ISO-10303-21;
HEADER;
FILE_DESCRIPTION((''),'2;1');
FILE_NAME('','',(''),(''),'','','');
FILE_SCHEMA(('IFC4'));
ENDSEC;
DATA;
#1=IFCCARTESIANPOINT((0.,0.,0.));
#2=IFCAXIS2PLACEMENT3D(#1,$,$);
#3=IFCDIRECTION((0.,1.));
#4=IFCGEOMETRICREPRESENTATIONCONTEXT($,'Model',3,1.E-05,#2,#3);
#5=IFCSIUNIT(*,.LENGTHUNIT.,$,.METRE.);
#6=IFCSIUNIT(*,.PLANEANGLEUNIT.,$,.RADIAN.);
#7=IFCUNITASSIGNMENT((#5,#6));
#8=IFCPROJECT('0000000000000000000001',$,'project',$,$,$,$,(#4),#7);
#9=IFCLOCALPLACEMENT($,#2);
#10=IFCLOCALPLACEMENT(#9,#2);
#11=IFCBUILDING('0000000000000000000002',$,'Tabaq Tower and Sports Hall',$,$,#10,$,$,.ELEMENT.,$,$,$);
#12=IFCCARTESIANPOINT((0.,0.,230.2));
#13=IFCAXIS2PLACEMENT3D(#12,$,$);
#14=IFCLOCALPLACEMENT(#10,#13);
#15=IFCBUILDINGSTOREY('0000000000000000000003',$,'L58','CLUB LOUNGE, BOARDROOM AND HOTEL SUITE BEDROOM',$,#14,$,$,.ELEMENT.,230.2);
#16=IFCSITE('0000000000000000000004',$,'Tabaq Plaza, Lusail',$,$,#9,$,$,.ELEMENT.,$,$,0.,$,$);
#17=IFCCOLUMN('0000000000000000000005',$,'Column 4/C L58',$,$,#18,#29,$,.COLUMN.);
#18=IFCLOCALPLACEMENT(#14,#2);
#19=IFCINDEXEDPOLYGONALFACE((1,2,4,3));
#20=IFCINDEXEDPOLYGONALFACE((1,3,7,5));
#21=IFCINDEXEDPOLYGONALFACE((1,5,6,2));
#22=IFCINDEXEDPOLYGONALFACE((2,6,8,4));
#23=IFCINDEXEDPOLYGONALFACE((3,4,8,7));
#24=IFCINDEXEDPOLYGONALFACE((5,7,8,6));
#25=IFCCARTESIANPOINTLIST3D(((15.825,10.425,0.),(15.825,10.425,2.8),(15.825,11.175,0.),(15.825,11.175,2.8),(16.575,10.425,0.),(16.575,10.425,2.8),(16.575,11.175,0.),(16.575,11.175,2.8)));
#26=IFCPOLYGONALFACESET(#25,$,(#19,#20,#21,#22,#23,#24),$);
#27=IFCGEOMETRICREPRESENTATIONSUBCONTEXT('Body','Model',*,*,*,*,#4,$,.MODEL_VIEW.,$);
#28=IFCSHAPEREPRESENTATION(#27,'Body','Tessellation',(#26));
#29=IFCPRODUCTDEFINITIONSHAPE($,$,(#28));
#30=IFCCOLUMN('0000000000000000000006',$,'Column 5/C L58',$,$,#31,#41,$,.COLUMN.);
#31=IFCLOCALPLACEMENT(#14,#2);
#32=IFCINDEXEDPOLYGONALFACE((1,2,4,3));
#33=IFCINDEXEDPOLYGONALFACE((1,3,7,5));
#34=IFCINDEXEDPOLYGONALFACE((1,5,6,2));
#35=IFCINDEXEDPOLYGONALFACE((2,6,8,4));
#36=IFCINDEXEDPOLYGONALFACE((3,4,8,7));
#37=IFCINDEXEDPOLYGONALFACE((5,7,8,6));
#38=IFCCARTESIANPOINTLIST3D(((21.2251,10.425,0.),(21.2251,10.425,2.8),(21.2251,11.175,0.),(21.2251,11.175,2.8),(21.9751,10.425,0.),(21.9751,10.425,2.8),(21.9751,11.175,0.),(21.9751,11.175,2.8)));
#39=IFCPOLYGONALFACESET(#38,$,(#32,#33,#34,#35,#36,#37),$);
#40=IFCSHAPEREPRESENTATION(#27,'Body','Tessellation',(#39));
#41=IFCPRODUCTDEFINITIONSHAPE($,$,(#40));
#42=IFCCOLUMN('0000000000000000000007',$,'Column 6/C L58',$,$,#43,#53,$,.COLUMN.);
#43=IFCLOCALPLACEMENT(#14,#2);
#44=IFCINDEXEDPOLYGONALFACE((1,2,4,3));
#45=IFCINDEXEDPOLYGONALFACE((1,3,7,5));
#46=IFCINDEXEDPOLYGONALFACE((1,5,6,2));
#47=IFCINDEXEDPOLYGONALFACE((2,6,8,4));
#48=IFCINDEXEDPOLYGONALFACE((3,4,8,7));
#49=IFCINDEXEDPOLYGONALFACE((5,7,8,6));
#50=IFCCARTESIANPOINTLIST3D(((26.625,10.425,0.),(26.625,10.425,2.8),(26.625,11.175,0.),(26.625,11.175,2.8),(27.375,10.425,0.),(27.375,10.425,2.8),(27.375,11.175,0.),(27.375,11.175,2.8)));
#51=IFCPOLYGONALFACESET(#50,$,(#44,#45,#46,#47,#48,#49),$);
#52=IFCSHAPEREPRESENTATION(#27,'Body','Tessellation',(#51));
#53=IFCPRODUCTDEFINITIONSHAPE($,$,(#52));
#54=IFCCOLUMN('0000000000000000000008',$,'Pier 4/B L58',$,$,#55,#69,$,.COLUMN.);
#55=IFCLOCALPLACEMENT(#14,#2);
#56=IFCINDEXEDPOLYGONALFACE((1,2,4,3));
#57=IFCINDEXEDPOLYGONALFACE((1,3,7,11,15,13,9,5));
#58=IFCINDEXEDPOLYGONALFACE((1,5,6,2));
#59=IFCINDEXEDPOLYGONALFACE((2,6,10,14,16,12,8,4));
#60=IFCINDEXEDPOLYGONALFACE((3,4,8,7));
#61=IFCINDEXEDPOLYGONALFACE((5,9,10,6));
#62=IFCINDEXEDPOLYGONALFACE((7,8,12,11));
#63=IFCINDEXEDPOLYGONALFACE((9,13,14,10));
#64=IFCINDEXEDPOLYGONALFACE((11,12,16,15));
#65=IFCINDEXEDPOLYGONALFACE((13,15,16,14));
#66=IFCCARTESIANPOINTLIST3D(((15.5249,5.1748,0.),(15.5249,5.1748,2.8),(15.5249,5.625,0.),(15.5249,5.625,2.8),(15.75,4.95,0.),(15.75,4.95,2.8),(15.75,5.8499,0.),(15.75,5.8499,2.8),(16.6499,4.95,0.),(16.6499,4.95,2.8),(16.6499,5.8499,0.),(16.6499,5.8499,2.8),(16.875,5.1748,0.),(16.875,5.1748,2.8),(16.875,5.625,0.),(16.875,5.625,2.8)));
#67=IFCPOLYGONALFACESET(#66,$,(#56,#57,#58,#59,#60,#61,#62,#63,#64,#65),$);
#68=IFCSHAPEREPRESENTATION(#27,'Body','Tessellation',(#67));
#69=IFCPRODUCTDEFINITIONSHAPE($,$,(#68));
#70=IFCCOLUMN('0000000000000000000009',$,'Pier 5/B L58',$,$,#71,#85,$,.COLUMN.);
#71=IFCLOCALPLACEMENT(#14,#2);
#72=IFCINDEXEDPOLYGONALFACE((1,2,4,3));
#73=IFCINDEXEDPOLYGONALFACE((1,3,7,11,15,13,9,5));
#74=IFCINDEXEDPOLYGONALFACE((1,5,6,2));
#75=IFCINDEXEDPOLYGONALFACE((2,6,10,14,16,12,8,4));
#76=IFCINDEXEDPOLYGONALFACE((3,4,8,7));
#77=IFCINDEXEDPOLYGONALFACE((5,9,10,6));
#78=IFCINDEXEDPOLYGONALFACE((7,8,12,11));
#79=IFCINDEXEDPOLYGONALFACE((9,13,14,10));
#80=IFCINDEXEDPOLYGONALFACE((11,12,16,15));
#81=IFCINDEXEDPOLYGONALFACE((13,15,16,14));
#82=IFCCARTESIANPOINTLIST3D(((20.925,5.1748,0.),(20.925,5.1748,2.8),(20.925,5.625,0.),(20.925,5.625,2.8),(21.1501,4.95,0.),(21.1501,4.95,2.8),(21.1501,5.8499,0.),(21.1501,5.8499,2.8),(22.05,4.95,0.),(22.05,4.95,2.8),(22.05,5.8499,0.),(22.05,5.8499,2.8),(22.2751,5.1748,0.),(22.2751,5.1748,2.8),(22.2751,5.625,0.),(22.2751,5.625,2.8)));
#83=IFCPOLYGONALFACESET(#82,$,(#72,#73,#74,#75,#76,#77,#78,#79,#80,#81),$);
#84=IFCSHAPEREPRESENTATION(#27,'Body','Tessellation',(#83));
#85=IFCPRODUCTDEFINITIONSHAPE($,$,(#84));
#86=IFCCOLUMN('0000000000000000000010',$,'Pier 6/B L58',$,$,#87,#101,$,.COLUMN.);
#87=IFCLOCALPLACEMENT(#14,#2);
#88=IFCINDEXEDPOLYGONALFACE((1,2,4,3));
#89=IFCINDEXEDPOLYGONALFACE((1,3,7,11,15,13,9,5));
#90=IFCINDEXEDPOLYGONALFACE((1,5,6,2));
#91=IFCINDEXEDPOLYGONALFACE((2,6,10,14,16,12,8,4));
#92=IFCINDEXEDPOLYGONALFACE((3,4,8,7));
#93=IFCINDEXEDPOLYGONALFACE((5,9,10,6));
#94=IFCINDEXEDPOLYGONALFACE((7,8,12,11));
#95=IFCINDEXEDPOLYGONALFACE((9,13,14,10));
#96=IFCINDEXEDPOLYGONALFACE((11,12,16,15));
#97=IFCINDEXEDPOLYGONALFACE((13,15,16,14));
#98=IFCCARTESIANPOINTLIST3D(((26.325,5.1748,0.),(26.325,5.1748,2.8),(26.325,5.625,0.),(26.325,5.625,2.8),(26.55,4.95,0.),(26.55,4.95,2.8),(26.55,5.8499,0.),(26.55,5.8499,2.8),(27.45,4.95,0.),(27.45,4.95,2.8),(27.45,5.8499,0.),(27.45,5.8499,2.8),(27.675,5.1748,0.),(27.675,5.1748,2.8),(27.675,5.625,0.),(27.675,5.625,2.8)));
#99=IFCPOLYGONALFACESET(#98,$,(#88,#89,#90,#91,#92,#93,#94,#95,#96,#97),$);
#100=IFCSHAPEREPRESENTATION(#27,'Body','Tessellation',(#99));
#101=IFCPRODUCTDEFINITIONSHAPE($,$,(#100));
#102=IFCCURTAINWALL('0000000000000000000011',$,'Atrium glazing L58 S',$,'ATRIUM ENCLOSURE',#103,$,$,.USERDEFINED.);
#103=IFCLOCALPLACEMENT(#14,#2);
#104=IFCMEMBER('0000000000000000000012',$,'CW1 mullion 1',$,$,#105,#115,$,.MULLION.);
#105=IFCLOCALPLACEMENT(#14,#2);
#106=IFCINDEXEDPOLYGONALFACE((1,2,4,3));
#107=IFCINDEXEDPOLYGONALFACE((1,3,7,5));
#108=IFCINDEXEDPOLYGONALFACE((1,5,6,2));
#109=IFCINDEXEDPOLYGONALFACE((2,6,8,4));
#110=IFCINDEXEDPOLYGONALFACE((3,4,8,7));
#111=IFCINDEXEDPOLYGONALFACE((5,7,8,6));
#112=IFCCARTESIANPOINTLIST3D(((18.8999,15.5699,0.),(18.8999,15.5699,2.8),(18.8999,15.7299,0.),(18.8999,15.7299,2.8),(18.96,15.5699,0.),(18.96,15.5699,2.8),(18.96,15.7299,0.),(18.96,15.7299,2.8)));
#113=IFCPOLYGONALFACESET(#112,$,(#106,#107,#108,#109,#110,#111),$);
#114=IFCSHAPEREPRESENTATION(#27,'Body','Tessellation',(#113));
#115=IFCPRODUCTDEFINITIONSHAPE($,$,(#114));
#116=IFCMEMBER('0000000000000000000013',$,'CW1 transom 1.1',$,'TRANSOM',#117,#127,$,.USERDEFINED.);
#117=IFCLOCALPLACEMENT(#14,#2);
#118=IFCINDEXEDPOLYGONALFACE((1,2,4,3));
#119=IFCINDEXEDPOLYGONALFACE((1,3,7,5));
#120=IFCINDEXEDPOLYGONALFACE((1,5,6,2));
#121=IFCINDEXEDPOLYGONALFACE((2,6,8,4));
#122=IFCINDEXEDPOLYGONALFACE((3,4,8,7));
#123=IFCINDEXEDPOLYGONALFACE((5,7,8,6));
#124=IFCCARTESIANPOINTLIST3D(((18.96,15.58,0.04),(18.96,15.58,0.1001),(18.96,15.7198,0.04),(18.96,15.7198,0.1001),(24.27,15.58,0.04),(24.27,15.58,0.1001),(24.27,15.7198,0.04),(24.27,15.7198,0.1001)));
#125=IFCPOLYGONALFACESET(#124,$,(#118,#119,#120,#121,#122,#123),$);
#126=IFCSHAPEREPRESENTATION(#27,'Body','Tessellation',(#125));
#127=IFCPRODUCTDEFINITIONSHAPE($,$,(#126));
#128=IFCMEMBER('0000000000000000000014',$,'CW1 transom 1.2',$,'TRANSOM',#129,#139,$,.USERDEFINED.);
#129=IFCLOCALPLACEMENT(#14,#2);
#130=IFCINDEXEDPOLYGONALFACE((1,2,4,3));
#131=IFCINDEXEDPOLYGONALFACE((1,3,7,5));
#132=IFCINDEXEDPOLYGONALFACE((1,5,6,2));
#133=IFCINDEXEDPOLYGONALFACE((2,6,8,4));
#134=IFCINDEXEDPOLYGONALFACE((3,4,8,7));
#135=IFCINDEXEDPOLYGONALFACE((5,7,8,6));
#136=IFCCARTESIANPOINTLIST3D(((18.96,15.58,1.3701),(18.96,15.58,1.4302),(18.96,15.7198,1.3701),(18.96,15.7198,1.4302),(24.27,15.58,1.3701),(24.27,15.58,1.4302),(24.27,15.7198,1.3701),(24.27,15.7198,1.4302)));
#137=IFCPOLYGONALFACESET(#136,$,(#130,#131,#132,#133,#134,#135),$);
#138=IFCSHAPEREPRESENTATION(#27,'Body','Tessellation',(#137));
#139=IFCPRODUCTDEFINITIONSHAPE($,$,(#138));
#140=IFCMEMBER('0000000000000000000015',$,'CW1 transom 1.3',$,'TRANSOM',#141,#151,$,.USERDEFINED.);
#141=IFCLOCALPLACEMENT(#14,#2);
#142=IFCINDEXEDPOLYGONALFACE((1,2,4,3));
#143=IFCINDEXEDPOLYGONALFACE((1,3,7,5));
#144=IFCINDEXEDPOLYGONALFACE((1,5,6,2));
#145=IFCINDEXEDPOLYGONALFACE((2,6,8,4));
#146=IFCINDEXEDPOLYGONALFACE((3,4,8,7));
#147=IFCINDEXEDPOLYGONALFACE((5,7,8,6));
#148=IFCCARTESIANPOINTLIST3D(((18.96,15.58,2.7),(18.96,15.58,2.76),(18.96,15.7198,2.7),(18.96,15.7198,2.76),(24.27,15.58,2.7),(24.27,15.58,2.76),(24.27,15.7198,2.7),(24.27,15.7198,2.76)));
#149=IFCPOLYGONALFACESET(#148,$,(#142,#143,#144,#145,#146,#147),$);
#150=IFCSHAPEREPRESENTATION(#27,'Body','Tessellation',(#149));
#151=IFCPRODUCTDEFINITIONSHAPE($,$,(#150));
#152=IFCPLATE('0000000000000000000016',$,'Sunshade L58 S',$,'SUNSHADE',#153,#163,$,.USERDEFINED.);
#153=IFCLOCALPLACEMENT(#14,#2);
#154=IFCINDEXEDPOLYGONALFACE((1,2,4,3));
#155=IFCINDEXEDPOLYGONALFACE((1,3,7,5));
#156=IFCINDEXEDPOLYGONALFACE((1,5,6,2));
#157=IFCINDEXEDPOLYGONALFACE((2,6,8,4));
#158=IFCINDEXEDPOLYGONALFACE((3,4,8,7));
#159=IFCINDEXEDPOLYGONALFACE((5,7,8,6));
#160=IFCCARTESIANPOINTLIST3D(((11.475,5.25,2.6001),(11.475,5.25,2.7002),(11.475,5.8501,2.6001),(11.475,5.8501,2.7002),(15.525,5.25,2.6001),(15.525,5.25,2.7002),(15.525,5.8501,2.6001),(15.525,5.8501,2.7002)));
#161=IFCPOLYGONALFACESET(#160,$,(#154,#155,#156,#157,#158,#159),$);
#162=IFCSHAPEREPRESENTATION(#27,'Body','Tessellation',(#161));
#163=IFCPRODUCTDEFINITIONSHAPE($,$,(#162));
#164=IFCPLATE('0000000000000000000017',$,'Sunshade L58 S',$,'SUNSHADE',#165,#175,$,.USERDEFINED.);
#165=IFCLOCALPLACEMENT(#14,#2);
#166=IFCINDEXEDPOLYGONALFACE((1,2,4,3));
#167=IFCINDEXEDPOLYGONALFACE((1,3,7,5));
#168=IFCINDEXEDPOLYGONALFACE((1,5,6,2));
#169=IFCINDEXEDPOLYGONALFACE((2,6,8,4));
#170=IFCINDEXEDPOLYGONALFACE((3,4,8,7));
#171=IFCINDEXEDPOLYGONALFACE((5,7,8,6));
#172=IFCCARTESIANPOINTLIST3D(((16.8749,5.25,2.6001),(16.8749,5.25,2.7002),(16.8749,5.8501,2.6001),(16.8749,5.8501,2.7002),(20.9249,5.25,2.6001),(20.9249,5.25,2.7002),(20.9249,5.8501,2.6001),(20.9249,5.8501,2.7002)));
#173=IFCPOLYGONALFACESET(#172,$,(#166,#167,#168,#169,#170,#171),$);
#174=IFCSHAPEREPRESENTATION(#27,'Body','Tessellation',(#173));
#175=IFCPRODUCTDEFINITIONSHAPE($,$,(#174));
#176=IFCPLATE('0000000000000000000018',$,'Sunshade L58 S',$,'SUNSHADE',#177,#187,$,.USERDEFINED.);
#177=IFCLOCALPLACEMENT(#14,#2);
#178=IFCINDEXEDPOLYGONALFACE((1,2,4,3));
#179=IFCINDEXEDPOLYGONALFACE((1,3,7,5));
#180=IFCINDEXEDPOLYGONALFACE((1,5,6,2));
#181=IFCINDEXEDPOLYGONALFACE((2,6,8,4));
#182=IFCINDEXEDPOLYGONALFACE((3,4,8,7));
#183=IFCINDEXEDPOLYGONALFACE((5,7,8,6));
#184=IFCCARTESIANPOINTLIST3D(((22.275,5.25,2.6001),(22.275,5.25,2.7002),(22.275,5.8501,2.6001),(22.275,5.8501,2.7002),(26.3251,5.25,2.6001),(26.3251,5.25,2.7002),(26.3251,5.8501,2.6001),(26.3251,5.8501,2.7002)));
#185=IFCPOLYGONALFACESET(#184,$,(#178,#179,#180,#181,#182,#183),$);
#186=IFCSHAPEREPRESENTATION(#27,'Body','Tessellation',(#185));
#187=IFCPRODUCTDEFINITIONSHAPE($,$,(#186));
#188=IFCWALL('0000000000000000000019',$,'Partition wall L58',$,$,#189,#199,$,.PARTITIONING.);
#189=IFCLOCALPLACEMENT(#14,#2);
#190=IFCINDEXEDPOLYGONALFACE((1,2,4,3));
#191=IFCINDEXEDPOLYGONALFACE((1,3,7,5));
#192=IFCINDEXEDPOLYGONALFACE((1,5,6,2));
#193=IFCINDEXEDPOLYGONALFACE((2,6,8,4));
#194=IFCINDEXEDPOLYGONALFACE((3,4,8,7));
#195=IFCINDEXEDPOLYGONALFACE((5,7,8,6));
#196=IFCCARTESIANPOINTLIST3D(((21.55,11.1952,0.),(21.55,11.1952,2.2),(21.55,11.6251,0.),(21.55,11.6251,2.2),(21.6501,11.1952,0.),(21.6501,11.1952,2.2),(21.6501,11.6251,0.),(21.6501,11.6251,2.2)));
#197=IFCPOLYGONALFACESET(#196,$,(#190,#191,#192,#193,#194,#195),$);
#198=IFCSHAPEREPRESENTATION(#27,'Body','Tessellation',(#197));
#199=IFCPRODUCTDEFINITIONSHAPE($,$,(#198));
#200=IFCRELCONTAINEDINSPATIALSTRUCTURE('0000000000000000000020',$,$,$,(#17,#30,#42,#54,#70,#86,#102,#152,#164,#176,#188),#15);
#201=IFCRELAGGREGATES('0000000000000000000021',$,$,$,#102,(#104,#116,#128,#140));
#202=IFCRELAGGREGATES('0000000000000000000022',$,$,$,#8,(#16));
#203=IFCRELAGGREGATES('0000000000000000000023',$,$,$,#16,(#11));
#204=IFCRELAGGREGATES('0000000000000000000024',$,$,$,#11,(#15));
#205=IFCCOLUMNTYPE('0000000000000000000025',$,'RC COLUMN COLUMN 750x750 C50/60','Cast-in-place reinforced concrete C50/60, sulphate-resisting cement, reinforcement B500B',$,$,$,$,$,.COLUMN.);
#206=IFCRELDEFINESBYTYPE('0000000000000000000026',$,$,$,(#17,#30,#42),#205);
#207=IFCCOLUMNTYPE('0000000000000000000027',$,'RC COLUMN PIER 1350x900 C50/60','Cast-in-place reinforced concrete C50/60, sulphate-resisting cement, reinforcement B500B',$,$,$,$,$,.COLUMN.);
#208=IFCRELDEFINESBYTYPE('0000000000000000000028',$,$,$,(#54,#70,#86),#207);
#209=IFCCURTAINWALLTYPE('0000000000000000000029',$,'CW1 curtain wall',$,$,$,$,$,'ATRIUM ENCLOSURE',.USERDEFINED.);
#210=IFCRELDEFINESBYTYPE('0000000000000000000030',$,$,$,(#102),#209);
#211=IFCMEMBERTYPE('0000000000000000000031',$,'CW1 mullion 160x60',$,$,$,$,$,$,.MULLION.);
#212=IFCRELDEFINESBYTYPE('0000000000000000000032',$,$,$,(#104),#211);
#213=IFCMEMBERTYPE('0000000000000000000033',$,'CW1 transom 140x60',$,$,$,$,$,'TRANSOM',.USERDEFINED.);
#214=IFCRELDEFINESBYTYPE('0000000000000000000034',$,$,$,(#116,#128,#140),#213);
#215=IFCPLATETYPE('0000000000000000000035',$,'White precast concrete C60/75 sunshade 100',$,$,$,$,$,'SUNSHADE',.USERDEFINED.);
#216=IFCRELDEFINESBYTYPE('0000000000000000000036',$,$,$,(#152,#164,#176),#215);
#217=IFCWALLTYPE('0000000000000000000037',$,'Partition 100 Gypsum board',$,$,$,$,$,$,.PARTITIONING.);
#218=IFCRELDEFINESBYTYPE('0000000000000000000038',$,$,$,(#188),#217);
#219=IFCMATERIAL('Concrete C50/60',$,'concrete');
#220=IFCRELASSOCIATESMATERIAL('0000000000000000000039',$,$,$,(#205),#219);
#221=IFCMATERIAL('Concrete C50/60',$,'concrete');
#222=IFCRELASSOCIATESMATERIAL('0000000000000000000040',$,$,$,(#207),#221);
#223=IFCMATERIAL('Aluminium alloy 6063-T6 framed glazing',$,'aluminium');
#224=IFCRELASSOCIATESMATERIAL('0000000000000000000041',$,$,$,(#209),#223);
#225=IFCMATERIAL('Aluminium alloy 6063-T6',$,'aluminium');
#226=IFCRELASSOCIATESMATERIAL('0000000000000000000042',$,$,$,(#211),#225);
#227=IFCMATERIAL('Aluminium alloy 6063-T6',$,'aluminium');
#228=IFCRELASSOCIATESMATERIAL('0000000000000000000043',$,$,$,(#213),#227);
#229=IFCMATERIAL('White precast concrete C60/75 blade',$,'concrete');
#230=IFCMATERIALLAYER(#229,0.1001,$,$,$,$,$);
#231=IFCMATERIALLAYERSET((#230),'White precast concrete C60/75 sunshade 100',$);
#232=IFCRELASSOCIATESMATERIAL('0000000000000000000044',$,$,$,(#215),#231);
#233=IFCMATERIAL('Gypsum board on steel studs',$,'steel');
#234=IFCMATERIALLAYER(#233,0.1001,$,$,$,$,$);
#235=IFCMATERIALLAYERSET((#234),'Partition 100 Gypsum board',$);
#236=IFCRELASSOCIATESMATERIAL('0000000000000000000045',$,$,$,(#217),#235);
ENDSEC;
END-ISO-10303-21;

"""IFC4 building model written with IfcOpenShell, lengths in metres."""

from ifc_helpers import new_model, si_unit, direction, frame, frame_2d, origin, origin_2d, place, context, subcontext, project, spatial, polyline, rectangle, outline, extrude, material, layer, layer_set, material_profile, profile_set, type_object, element, aggregate, save


model = new_model("IFC4")

# Units and contexts
model_context = context("Model", 3, precision=1e-05, world=origin(), true_north=direction((0.0, 1.0)))
body_context = subcontext(model_context, "Body", "Model", "MODEL_VIEW")
ifc_project = project(units=[si_unit("LENGTHUNIT", "METRE"), si_unit("PLANEANGLEUNIT", "RADIAN")], contexts=[model_context])

# Site, building, storey
site_placement = place(None, origin())
site = spatial("IfcSite", under=ifc_project, at=site_placement, Name="Tabaq Plaza, Lusail", CompositionType="ELEMENT", RefElevation=0.0)
building_placement = place(site_placement, origin())
building = spatial("IfcBuilding", under=site, at=building_placement, Name="Tabaq Tower and Sports Hall", CompositionType="ELEMENT")
storey_placement = place(building_placement, frame((0.0, 0.0, 230.2)))
storey = spatial("IfcBuildingStorey", under=building, at=storey_placement, Name="L58", Description="CLUB LOUNGE, BOARDROOM AND HOTEL SUITE BEDROOM", CompositionType="ELEMENT", Elevation=230.2)

# Columns
ifc_material_1 = material(Name="Concrete C50/60", Category="concrete")
ifc_material_profile_1 = material_profile(ifc_material_1, rectangle(XDim=0.75, YDim=0.75, at=origin_2d()), Name="COLUMN 750x750")
ifc_profile_set_1 = profile_set([ifc_material_profile_1], Name="Concrete C50/60")
column_type_1 = type_object("IfcColumnType", Name="RC COLUMN COLUMN 750x750 C50/60", Description="Cast-in-place reinforced concrete C50/60, sulphate-resisting cement, reinforcement B500B", PredefinedType="COLUMN", material=ifc_profile_set_1)
for number, where, z_axis, x_axis, name in (
    (1, (16.2, 10.8, 0.0), (0.0, 0.0, 1.0), (1.0, 0.0, 0.0), "Column 4/C L58"),
    (2, (21.6001, 10.8, 0.0), (0.0, 0.0, 1.0), (1.0, 0.0, 0.0), "Column 5/C L58"),
    (3, (27.0, 10.8, 0.0), (0.0, 0.0, 1.0), (1.0, 0.0, 0.0), "Column 6/C L58"),
):
    element("IfcColumn", number, at=place(storey_placement, frame(where, z_axis=z_axis, x_axis=x_axis)), inside=storey, type_object=column_type_1, Name=name, PredefinedType="COLUMN", context=body_context, shape_type="SweptSolid", body=[
        extrude(rectangle(XDim=0.75, YDim=0.75, at=origin_2d()), origin(), (0.0, 0.0, 1.0), 2.8),
    ])
ifc_material_2 = material(Name="Concrete C50/60", Category="concrete")
ifc_material_profile_2 = material_profile(ifc_material_2, outline(polyline([(-0.45, -0.45), (0.45, -0.45), (0.675, -0.2251), (0.675, 0.2251), (0.45, 0.45), (-0.45, 0.45), (-0.675, 0.2251), (-0.675, -0.2251), (-0.45, -0.45)])), Name="PIER 1350x900")
ifc_profile_set_2 = profile_set([ifc_material_profile_2], Name="Concrete C50/60")
column_type_2 = type_object("IfcColumnType", Name="RC COLUMN PIER 1350x900 C50/60", Description="Cast-in-place reinforced concrete C50/60, sulphate-resisting cement, reinforcement B500B", PredefinedType="COLUMN", material=ifc_profile_set_2)
for number, where, z_axis, x_axis, name in (
    (4, (16.2, 5.3999, 0.0), (0.0, 0.0, 1.0), (1.0, 0.0, 0.0), "Pier 4/B L58"),
    (5, (21.6001, 5.3999, 0.0), (0.0, 0.0, 1.0), (1.0, 0.0, 0.0), "Pier 5/B L58"),
    (6, (27.0, 5.3999, 0.0), (0.0, 0.0, 1.0), (1.0, 0.0, 0.0), "Pier 6/B L58"),
):
    element("IfcColumn", number, at=place(storey_placement, frame(where, z_axis=z_axis, x_axis=x_axis)), inside=storey, type_object=column_type_2, Name=name, PredefinedType="COLUMN", context=body_context, shape_type="SweptSolid", body=[
        extrude(outline(polyline([(-0.45, -0.45), (0.45, -0.45), (0.675, -0.2251), (0.675, 0.2251), (0.45, 0.45), (-0.45, 0.45), (-0.675, 0.2251), (-0.675, -0.2251), (-0.45, -0.45)])), origin(), (0.0, 0.0, 1.0), 2.8),
    ])

# Curtain wall, members
ifc_material_3 = material(Name="Aluminium alloy 6063-T6 framed glazing", Category="aluminium")
curtain_wall_type = type_object("IfcCurtainWallType", Name="CW1 curtain wall", ElementType="ATRIUM ENCLOSURE", PredefinedType="USERDEFINED", material=ifc_material_3)
curtain_wall_placement = place(storey_placement, origin())
curtain_wall = element("IfcCurtainWall", 7, at=curtain_wall_placement, inside=storey, type_object=curtain_wall_type, Name="Atrium glazing L58 S", ObjectType="ATRIUM ENCLOSURE", PredefinedType="USERDEFINED")
ifc_material_4 = material(Name="Aluminium alloy 6063-T6", Category="aluminium")
ifc_material_profile_3 = material_profile(ifc_material_4, rectangle(XDim=0.1599, YDim=0.0601, at=origin_2d()), Name="MULLION 160x60")
ifc_profile_set_3 = profile_set([ifc_material_profile_3], Name="Aluminium alloy 6063-T6")
member_type_1 = type_object("IfcMemberType", Name="CW1 mullion 160x60", PredefinedType="MULLION", material=ifc_profile_set_3)
member_1_placement = place(storey_placement, frame((18.9299, 15.6499, 0.0), z_axis=(0.0, 0.0, 1.0), x_axis=(0.0, 1.0, 0.0)))
member_1 = element("IfcMember", 8, at=member_1_placement, type_object=member_type_1, Name="CW1 mullion 1", PredefinedType="MULLION", context=body_context, shape_type="SweptSolid", body=[
    extrude(rectangle(XDim=0.1599, YDim=0.0601, at=origin_2d()), origin(), (0.0, 0.0, 1.0), 2.8),
])
ifc_material_5 = material(Name="Aluminium alloy 6063-T6", Category="aluminium")
ifc_material_profile_4 = material_profile(ifc_material_5, rectangle(XDim=0.1399, YDim=0.0601, at=origin_2d()), Name="TRANSOM 140x60")
ifc_profile_set_4 = profile_set([ifc_material_profile_4], Name="Aluminium alloy 6063-T6")
member_type_2 = type_object("IfcMemberType", Name="CW1 transom 140x60", ElementType="TRANSOM", PredefinedType="USERDEFINED", material=ifc_profile_set_4)
member_2_placement = place(storey_placement, frame((18.96, 15.6499, 0.0701), z_axis=(1.0, 0.0, 0.0), x_axis=(0.0, 1.0, 0.0)))
member_2 = element("IfcMember", 9, at=member_2_placement, type_object=member_type_2, Name="CW1 transom 1.1", ObjectType="TRANSOM", PredefinedType="USERDEFINED", context=body_context, shape_type="SweptSolid", body=[
    extrude(rectangle(XDim=0.1399, YDim=0.0601, at=origin_2d()), origin(), (0.0, 0.0, 1.0), 5.3101),
])
member_3_placement = place(storey_placement, frame((18.96, 15.6499, 1.4001), z_axis=(1.0, 0.0, 0.0), x_axis=(0.0, 1.0, 0.0)))
member_3 = element("IfcMember", 10, at=member_3_placement, type_object=member_type_2, Name="CW1 transom 1.2", ObjectType="TRANSOM", PredefinedType="USERDEFINED", context=body_context, shape_type="SweptSolid", body=[
    extrude(rectangle(XDim=0.1399, YDim=0.0601, at=origin_2d()), origin(), (0.0, 0.0, 1.0), 5.3101),
])
member_4_placement = place(storey_placement, frame((18.96, 15.6499, 2.73), z_axis=(1.0, 0.0, 0.0), x_axis=(0.0, 1.0, 0.0)))
member_4 = element("IfcMember", 11, at=member_4_placement, type_object=member_type_2, Name="CW1 transom 1.3", ObjectType="TRANSOM", PredefinedType="USERDEFINED", context=body_context, shape_type="SweptSolid", body=[
    extrude(rectangle(XDim=0.1399, YDim=0.0601, at=origin_2d()), origin(), (0.0, 0.0, 1.0), 5.3101),
])
aggregate(curtain_wall, [member_1, member_2, member_3, member_4])

# Plates
ifc_material_6 = material(Name="White precast concrete C60/75 blade", Category="concrete")
ifc_layer_1 = layer(ifc_material_6, 0.1001)
ifc_layer_set_1 = layer_set([ifc_layer_1], Name="White precast concrete C60/75 sunshade 100")
plate_type = type_object("IfcPlateType", Name="White precast concrete C60/75 sunshade 100", ElementType="SUNSHADE", PredefinedType="USERDEFINED", material=ifc_layer_set_1)
for number, where, z_axis, x_axis, name in (
    (12, (13.5, 5.55, 2.6001), (0.0, 0.0, 1.0), (1.0, 0.0, 0.0), "Sunshade L58 S"),
    (13, (18.8999, 5.55, 2.6001), (0.0, 0.0, 1.0), (1.0, 0.0, 0.0), "Sunshade L58 S"),
    (14, (24.3, 5.55, 2.6001), (0.0, 0.0, 1.0), (1.0, 0.0, 0.0), "Sunshade L58 S"),
):
    element("IfcPlate", number, at=place(storey_placement, frame(where, z_axis=z_axis, x_axis=x_axis)), inside=storey, type_object=plate_type, Name=name, ObjectType="SUNSHADE", PredefinedType="USERDEFINED", context=body_context, shape_type="SweptSolid", body=[
        extrude(rectangle(XDim=4.05, YDim=0.6001, at=origin_2d()), origin(), (0.0, 0.0, 1.0), 0.1001),
    ])

# Wall
ifc_material_7 = material(Name="Gypsum board on steel studs", Category="steel")
ifc_layer_2 = layer(ifc_material_7, 0.1001)
ifc_layer_set_2 = layer_set([ifc_layer_2], Name="Partition 100 Gypsum board")
wall_type = type_object("IfcWallType", Name="Partition 100 Gypsum board", PredefinedType="PARTITIONING", material=ifc_layer_set_2)
wall_1_placement = place(storey_placement, frame((21.6001, 11.625, 0.0), z_axis=(0.0, 0.0, 1.0), x_axis=(0.0, -1.0, 0.0)))
element("IfcWall", 15, at=wall_1_placement, inside=storey, type_object=wall_type, Name="Partition wall L58", PredefinedType="PARTITIONING", context=body_context, shape_type="SweptSolid", body=[
    extrude(rectangle(XDim=0.4299, YDim=0.1001, at=frame_2d((0.2148, 0.0))), origin(), (0.0, 0.0, 1.0), 2.2),
])

save(model, "model.ifc")
